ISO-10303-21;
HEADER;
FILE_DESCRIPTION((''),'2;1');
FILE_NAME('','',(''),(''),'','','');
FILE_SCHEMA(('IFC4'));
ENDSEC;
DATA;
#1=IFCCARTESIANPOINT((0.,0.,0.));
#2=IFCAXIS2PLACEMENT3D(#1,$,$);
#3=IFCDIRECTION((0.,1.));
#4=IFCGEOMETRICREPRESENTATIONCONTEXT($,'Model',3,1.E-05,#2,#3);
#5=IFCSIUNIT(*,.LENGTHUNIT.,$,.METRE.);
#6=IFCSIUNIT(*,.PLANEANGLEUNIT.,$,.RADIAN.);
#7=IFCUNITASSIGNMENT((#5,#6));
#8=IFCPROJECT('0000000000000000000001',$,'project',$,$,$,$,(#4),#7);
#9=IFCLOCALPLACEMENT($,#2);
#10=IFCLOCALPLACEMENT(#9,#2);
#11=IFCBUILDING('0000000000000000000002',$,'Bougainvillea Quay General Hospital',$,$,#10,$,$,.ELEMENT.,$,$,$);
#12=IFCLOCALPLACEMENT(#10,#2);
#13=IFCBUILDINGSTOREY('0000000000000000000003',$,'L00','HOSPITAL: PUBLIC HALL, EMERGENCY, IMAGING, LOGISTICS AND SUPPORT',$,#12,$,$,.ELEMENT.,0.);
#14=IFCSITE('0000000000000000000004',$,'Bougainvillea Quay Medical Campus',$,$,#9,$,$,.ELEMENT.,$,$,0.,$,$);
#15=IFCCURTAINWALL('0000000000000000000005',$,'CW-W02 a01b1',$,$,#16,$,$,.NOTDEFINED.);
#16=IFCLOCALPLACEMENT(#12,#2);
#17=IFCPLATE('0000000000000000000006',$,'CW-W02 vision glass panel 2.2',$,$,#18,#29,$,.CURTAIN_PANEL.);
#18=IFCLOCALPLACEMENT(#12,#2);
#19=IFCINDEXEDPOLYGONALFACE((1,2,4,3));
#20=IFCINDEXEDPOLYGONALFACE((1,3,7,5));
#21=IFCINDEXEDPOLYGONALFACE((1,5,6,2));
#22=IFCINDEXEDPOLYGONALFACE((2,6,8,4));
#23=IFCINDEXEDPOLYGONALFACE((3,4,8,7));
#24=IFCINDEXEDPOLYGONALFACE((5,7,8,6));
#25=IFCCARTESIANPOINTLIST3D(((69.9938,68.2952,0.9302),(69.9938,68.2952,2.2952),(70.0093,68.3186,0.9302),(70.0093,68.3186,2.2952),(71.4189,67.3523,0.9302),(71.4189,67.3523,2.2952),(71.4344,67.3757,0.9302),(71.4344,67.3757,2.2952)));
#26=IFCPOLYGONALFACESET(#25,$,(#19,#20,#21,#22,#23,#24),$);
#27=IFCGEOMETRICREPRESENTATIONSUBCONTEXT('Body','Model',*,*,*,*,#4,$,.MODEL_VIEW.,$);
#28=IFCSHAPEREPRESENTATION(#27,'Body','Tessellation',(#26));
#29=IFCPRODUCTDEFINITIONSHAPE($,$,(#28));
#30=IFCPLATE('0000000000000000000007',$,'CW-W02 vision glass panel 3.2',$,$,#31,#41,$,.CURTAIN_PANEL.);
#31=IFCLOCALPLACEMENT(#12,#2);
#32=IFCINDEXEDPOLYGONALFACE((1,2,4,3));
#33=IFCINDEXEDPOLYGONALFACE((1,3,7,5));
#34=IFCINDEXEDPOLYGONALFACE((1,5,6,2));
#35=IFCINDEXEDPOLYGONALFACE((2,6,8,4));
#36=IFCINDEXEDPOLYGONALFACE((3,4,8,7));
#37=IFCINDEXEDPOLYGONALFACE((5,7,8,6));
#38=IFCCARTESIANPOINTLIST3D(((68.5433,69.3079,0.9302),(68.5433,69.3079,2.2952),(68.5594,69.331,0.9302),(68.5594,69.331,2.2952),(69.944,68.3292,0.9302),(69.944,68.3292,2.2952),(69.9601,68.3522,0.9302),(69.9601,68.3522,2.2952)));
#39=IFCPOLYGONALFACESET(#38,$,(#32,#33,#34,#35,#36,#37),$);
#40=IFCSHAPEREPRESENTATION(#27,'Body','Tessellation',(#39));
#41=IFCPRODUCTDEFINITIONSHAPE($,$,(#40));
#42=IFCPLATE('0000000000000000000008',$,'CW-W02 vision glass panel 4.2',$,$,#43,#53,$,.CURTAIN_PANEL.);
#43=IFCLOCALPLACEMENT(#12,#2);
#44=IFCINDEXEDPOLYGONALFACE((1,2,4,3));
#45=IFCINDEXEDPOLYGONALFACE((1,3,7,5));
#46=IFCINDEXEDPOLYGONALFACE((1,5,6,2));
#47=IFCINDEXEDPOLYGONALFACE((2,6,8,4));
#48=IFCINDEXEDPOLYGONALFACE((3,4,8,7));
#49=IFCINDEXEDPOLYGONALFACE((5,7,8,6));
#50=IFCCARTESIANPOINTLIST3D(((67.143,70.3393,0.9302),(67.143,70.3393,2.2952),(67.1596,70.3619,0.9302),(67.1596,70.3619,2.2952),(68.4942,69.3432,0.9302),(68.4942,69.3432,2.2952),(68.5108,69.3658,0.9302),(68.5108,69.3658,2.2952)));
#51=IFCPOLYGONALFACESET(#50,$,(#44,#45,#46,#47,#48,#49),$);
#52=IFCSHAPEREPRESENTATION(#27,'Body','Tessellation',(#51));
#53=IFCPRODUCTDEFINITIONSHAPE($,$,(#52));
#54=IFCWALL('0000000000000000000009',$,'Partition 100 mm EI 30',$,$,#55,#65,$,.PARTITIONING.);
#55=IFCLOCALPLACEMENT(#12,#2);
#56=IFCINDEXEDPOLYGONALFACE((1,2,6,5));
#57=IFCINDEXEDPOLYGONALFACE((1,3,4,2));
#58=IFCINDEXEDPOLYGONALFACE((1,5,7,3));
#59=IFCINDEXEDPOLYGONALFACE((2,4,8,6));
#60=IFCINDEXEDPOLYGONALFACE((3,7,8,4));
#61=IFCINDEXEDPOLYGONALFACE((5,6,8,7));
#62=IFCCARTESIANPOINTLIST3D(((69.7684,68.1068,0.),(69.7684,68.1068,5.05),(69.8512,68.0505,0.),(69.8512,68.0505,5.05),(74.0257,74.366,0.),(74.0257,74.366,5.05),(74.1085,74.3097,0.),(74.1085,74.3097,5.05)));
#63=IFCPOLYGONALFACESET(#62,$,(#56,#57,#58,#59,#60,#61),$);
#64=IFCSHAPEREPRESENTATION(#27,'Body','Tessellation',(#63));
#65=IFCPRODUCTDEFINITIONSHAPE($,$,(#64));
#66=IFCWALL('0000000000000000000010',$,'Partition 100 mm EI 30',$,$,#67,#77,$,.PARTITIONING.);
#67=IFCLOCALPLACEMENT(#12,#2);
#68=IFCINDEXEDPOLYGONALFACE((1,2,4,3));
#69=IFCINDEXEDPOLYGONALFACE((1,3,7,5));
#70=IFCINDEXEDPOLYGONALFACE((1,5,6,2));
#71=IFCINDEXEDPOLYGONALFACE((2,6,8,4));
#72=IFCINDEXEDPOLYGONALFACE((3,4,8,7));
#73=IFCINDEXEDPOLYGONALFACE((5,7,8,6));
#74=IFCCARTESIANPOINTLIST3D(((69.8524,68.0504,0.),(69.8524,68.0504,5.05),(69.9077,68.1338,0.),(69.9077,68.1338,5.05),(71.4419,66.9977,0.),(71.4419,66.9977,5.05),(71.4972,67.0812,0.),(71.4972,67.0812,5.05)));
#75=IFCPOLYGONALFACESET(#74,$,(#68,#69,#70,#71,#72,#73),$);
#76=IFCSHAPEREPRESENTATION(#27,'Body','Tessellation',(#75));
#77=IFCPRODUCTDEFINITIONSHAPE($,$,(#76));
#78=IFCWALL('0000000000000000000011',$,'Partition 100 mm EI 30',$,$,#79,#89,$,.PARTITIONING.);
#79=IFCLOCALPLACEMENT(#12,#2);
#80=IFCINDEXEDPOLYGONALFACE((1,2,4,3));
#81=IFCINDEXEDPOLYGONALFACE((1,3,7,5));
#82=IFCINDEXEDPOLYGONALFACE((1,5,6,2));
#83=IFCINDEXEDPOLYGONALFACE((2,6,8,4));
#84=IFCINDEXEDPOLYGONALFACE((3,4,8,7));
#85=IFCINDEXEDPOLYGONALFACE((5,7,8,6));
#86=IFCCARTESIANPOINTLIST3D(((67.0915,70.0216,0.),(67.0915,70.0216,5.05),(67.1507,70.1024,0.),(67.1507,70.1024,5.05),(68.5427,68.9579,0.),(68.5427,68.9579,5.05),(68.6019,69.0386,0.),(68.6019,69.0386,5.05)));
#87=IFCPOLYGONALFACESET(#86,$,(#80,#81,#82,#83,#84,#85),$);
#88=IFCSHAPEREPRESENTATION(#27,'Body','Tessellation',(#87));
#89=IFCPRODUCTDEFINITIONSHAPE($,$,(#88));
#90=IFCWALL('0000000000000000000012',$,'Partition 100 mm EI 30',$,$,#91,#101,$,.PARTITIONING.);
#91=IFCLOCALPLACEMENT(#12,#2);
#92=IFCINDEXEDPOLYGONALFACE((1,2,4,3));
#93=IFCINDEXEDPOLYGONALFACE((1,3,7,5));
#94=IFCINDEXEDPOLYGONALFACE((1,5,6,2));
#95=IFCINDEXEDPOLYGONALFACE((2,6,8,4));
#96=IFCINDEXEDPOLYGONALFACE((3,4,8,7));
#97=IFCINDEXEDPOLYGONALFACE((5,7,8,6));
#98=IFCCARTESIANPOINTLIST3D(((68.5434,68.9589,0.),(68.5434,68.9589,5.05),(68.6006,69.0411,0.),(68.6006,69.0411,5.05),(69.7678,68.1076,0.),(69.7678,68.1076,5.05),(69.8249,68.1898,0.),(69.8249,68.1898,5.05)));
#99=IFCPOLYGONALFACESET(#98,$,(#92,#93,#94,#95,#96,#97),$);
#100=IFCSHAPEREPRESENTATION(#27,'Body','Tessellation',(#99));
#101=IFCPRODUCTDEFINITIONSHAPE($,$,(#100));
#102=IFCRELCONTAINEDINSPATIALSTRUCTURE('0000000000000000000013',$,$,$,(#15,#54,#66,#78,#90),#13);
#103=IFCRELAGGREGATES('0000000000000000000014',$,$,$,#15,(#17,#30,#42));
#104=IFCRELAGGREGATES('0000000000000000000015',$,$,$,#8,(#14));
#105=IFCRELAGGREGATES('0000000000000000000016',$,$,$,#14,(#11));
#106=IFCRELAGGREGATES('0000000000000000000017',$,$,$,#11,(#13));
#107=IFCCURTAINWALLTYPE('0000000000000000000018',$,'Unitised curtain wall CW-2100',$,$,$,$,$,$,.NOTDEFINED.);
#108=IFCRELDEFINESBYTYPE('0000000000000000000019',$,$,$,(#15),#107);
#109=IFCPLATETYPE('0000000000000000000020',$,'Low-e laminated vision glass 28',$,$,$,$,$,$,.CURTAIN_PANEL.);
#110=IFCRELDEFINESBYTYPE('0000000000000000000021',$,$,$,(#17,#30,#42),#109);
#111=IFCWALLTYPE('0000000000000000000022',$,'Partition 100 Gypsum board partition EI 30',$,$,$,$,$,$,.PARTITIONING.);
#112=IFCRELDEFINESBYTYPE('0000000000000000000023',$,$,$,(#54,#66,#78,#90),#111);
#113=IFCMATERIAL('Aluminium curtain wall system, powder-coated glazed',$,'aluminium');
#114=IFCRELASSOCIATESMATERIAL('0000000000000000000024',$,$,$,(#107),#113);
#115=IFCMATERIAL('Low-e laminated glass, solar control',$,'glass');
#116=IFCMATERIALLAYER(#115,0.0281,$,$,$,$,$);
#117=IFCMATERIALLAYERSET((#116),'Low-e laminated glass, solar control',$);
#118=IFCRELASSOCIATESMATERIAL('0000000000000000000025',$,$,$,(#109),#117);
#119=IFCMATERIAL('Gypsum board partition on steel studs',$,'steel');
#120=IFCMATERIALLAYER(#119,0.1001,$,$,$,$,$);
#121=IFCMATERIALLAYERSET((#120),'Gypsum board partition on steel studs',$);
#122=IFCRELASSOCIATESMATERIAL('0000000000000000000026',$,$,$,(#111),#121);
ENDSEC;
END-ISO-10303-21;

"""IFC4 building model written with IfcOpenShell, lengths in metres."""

from ifc_helpers import new_model, si_unit, direction, frame, frame_2d, origin, origin_2d, place, context, subcontext, project, spatial, rectangle, extrude, material, layer, layer_set, type_object, element, aggregate, save


model = new_model("IFC4")

# Units and contexts
model_context = context("Model", 3, precision=1e-05, world=origin(), true_north=direction((0.0, 1.0)))
body_context = subcontext(model_context, "Body", "Model", "MODEL_VIEW")
ifc_project = project(units=[si_unit("LENGTHUNIT", "METRE"), si_unit("PLANEANGLEUNIT", "RADIAN")], contexts=[model_context])

# Site, building, storey
site_placement = place(None, origin())
site = spatial("IfcSite", under=ifc_project, at=site_placement, Name="Bougainvillea Quay Medical Campus", CompositionType="ELEMENT", RefElevation=0.0)
building_placement = place(site_placement, origin())
building = spatial("IfcBuilding", under=site, at=building_placement, Name="Bougainvillea Quay General Hospital", CompositionType="ELEMENT")
storey_placement = place(building_placement, origin())
storey = spatial("IfcBuildingStorey", under=building, at=storey_placement, Name="L00", Description="HOSPITAL: PUBLIC HALL, EMERGENCY, IMAGING, LOGISTICS AND SUPPORT", CompositionType="ELEMENT", Elevation=0.0)

# Curtain wall
ifc_material_1 = material(Name="Aluminium curtain wall system, powder-coated glazed", Category="aluminium")
curtain_wall_type = type_object("IfcCurtainWallType", Name="Unitised curtain wall CW-2100", PredefinedType="NOTDEFINED", material=ifc_material_1)
curtain_wall_1_placement = place(storey_placement, origin())
curtain_wall_1 = element("IfcCurtainWall", 1, at=curtain_wall_1_placement, inside=storey, type_object=curtain_wall_type, Name="CW-W02 a01b1", PredefinedType="NOTDEFINED")

# Plates
ifc_material_2 = material(Name="Low-e laminated glass, solar control", Category="glass")
ifc_layer_1 = layer(ifc_material_2, 0.0281)
ifc_layer_set_1 = layer_set([ifc_layer_1], Name="Low-e laminated glass, solar control")
plate_type_1 = type_object("IfcPlateType", Name="Low-e laminated vision glass 28", PredefinedType="CURTAIN_PANEL", material=ifc_layer_set_1)
plate_1_placement = place(storey_placement, frame((70.7141, 67.8354, 0.9302), z_axis=(0.0, 0.0, 1.0), x_axis=(-0.833968, 0.551813, 0.0)))
plate_1 = element("IfcPlate", 2, at=plate_1_placement, type_object=plate_type_1, Name="CW-W02 vision glass panel 2.2", PredefinedType="CURTAIN_PANEL", context=body_context, shape_type="SweptSolid", body=[
    extrude(rectangle(XDim=1.7087, YDim=0.0281, at=origin_2d()), origin(), (0.0, 0.0, 1.0), 1.365),
])
plate_2_placement = place(storey_placement, frame((69.2517, 68.8301, 0.9302), z_axis=(0.0, 0.0, 1.0), x_axis=(-0.819707, 0.572783, 0.0)))
plate_2 = element("IfcPlate", 3, at=plate_2_placement, type_object=plate_type_1, Name="CW-W02 vision glass panel 3.2", PredefinedType="CURTAIN_PANEL", context=body_context, shape_type="SweptSolid", body=[
    extrude(rectangle(XDim=1.7087, YDim=0.0281, at=origin_2d()), origin(), (0.0, 0.0, 1.0), 1.365),
])
plate_3_placement = place(storey_placement, frame((67.8269, 69.8525, 0.9302), z_axis=(0.0, 0.0, 1.0), x_axis=(-0.80492, 0.593384, 0.0)))
plate_3 = element("IfcPlate", 4, at=plate_3_placement, type_object=plate_type_1, Name="CW-W02 vision glass panel 4.2", PredefinedType="CURTAIN_PANEL", context=body_context, shape_type="SweptSolid", body=[
    extrude(rectangle(XDim=1.6787, YDim=0.0281, at=origin_2d()), origin(), (0.0, 0.0, 1.0), 1.365),
])
aggregate(curtain_wall_1, [plate_1, plate_2, plate_3])

# Walls
ifc_material_3 = material(Name="Gypsum board partition on steel studs", Category="steel")
ifc_layer_2 = layer(ifc_material_3, 0.1001)
ifc_layer_set_2 = layer_set([ifc_layer_2], Name="Gypsum board partition on steel studs")
wall_type = type_object("IfcWallType", Name="Partition 100 Gypsum board partition EI 30", PredefinedType="PARTITIONING", material=ifc_layer_set_2)
wall_1_placement = place(storey_placement, frame((69.8098, 68.0786, 0.0), z_axis=(0.0, 0.0, 1.0), x_axis=(0.562402, 0.826864, 0.0)))
element("IfcWall", 5, at=wall_1_placement, inside=storey, type_object=wall_type, Name="Partition 100 mm EI 30", PredefinedType="PARTITIONING", context=body_context, shape_type="SweptSolid", body=[
    extrude(rectangle(XDim=7.5698, YDim=0.1001, at=frame_2d((3.7849, 0.0))), origin(), (0.0, 0.0, 1.0), 5.05),
])
wall_2_placement = place(storey_placement, frame((69.8801, 68.092, 0.0), z_axis=(0.0, 0.0, 1.0), x_axis=(0.833741, -0.552156, 0.0)))
element("IfcWall", 6, at=wall_2_placement, inside=storey, type_object=wall_type, Name="Partition 100 mm EI 30", PredefinedType="PARTITIONING", context=body_context, shape_type="SweptSolid", body=[
    extrude(rectangle(XDim=1.9065, YDim=0.1001, at=frame_2d((0.9531, 0.0))), origin(), (0.0, 0.0, 1.0), 5.05),
])
wall_3_placement = place(storey_placement, frame((67.1211, 70.062, 0.0), z_axis=(0.0, 0.0, 1.0), x_axis=(0.80653, -0.591193, 0.0)))
element("IfcWall", 7, at=wall_3_placement, inside=storey, type_object=wall_type, Name="Partition 100 mm EI 30", PredefinedType="PARTITIONING", context=body_context, shape_type="SweptSolid", body=[
    extrude(rectangle(XDim=1.7993, YDim=0.1001, at=frame_2d((0.8997, 0.0))), origin(), (0.0, 0.0, 1.0), 5.05),
])
wall_4_placement = place(storey_placement, frame((68.572, 69.0, 0.0), z_axis=(0.0, 0.0, 1.0), x_axis=(0.821035, -0.570877, 0.0)))
element("IfcWall", 8, at=wall_4_placement, inside=storey, type_object=wall_type, Name="Partition 100 mm EI 30", PredefinedType="PARTITIONING", context=body_context, shape_type="SweptSolid", body=[
    extrude(rectangle(XDim=1.4912, YDim=0.1001, at=frame_2d((0.7456, 0.0))), origin(), (0.0, 0.0, 1.0), 5.05),
])

save(model, "model.ifc")
